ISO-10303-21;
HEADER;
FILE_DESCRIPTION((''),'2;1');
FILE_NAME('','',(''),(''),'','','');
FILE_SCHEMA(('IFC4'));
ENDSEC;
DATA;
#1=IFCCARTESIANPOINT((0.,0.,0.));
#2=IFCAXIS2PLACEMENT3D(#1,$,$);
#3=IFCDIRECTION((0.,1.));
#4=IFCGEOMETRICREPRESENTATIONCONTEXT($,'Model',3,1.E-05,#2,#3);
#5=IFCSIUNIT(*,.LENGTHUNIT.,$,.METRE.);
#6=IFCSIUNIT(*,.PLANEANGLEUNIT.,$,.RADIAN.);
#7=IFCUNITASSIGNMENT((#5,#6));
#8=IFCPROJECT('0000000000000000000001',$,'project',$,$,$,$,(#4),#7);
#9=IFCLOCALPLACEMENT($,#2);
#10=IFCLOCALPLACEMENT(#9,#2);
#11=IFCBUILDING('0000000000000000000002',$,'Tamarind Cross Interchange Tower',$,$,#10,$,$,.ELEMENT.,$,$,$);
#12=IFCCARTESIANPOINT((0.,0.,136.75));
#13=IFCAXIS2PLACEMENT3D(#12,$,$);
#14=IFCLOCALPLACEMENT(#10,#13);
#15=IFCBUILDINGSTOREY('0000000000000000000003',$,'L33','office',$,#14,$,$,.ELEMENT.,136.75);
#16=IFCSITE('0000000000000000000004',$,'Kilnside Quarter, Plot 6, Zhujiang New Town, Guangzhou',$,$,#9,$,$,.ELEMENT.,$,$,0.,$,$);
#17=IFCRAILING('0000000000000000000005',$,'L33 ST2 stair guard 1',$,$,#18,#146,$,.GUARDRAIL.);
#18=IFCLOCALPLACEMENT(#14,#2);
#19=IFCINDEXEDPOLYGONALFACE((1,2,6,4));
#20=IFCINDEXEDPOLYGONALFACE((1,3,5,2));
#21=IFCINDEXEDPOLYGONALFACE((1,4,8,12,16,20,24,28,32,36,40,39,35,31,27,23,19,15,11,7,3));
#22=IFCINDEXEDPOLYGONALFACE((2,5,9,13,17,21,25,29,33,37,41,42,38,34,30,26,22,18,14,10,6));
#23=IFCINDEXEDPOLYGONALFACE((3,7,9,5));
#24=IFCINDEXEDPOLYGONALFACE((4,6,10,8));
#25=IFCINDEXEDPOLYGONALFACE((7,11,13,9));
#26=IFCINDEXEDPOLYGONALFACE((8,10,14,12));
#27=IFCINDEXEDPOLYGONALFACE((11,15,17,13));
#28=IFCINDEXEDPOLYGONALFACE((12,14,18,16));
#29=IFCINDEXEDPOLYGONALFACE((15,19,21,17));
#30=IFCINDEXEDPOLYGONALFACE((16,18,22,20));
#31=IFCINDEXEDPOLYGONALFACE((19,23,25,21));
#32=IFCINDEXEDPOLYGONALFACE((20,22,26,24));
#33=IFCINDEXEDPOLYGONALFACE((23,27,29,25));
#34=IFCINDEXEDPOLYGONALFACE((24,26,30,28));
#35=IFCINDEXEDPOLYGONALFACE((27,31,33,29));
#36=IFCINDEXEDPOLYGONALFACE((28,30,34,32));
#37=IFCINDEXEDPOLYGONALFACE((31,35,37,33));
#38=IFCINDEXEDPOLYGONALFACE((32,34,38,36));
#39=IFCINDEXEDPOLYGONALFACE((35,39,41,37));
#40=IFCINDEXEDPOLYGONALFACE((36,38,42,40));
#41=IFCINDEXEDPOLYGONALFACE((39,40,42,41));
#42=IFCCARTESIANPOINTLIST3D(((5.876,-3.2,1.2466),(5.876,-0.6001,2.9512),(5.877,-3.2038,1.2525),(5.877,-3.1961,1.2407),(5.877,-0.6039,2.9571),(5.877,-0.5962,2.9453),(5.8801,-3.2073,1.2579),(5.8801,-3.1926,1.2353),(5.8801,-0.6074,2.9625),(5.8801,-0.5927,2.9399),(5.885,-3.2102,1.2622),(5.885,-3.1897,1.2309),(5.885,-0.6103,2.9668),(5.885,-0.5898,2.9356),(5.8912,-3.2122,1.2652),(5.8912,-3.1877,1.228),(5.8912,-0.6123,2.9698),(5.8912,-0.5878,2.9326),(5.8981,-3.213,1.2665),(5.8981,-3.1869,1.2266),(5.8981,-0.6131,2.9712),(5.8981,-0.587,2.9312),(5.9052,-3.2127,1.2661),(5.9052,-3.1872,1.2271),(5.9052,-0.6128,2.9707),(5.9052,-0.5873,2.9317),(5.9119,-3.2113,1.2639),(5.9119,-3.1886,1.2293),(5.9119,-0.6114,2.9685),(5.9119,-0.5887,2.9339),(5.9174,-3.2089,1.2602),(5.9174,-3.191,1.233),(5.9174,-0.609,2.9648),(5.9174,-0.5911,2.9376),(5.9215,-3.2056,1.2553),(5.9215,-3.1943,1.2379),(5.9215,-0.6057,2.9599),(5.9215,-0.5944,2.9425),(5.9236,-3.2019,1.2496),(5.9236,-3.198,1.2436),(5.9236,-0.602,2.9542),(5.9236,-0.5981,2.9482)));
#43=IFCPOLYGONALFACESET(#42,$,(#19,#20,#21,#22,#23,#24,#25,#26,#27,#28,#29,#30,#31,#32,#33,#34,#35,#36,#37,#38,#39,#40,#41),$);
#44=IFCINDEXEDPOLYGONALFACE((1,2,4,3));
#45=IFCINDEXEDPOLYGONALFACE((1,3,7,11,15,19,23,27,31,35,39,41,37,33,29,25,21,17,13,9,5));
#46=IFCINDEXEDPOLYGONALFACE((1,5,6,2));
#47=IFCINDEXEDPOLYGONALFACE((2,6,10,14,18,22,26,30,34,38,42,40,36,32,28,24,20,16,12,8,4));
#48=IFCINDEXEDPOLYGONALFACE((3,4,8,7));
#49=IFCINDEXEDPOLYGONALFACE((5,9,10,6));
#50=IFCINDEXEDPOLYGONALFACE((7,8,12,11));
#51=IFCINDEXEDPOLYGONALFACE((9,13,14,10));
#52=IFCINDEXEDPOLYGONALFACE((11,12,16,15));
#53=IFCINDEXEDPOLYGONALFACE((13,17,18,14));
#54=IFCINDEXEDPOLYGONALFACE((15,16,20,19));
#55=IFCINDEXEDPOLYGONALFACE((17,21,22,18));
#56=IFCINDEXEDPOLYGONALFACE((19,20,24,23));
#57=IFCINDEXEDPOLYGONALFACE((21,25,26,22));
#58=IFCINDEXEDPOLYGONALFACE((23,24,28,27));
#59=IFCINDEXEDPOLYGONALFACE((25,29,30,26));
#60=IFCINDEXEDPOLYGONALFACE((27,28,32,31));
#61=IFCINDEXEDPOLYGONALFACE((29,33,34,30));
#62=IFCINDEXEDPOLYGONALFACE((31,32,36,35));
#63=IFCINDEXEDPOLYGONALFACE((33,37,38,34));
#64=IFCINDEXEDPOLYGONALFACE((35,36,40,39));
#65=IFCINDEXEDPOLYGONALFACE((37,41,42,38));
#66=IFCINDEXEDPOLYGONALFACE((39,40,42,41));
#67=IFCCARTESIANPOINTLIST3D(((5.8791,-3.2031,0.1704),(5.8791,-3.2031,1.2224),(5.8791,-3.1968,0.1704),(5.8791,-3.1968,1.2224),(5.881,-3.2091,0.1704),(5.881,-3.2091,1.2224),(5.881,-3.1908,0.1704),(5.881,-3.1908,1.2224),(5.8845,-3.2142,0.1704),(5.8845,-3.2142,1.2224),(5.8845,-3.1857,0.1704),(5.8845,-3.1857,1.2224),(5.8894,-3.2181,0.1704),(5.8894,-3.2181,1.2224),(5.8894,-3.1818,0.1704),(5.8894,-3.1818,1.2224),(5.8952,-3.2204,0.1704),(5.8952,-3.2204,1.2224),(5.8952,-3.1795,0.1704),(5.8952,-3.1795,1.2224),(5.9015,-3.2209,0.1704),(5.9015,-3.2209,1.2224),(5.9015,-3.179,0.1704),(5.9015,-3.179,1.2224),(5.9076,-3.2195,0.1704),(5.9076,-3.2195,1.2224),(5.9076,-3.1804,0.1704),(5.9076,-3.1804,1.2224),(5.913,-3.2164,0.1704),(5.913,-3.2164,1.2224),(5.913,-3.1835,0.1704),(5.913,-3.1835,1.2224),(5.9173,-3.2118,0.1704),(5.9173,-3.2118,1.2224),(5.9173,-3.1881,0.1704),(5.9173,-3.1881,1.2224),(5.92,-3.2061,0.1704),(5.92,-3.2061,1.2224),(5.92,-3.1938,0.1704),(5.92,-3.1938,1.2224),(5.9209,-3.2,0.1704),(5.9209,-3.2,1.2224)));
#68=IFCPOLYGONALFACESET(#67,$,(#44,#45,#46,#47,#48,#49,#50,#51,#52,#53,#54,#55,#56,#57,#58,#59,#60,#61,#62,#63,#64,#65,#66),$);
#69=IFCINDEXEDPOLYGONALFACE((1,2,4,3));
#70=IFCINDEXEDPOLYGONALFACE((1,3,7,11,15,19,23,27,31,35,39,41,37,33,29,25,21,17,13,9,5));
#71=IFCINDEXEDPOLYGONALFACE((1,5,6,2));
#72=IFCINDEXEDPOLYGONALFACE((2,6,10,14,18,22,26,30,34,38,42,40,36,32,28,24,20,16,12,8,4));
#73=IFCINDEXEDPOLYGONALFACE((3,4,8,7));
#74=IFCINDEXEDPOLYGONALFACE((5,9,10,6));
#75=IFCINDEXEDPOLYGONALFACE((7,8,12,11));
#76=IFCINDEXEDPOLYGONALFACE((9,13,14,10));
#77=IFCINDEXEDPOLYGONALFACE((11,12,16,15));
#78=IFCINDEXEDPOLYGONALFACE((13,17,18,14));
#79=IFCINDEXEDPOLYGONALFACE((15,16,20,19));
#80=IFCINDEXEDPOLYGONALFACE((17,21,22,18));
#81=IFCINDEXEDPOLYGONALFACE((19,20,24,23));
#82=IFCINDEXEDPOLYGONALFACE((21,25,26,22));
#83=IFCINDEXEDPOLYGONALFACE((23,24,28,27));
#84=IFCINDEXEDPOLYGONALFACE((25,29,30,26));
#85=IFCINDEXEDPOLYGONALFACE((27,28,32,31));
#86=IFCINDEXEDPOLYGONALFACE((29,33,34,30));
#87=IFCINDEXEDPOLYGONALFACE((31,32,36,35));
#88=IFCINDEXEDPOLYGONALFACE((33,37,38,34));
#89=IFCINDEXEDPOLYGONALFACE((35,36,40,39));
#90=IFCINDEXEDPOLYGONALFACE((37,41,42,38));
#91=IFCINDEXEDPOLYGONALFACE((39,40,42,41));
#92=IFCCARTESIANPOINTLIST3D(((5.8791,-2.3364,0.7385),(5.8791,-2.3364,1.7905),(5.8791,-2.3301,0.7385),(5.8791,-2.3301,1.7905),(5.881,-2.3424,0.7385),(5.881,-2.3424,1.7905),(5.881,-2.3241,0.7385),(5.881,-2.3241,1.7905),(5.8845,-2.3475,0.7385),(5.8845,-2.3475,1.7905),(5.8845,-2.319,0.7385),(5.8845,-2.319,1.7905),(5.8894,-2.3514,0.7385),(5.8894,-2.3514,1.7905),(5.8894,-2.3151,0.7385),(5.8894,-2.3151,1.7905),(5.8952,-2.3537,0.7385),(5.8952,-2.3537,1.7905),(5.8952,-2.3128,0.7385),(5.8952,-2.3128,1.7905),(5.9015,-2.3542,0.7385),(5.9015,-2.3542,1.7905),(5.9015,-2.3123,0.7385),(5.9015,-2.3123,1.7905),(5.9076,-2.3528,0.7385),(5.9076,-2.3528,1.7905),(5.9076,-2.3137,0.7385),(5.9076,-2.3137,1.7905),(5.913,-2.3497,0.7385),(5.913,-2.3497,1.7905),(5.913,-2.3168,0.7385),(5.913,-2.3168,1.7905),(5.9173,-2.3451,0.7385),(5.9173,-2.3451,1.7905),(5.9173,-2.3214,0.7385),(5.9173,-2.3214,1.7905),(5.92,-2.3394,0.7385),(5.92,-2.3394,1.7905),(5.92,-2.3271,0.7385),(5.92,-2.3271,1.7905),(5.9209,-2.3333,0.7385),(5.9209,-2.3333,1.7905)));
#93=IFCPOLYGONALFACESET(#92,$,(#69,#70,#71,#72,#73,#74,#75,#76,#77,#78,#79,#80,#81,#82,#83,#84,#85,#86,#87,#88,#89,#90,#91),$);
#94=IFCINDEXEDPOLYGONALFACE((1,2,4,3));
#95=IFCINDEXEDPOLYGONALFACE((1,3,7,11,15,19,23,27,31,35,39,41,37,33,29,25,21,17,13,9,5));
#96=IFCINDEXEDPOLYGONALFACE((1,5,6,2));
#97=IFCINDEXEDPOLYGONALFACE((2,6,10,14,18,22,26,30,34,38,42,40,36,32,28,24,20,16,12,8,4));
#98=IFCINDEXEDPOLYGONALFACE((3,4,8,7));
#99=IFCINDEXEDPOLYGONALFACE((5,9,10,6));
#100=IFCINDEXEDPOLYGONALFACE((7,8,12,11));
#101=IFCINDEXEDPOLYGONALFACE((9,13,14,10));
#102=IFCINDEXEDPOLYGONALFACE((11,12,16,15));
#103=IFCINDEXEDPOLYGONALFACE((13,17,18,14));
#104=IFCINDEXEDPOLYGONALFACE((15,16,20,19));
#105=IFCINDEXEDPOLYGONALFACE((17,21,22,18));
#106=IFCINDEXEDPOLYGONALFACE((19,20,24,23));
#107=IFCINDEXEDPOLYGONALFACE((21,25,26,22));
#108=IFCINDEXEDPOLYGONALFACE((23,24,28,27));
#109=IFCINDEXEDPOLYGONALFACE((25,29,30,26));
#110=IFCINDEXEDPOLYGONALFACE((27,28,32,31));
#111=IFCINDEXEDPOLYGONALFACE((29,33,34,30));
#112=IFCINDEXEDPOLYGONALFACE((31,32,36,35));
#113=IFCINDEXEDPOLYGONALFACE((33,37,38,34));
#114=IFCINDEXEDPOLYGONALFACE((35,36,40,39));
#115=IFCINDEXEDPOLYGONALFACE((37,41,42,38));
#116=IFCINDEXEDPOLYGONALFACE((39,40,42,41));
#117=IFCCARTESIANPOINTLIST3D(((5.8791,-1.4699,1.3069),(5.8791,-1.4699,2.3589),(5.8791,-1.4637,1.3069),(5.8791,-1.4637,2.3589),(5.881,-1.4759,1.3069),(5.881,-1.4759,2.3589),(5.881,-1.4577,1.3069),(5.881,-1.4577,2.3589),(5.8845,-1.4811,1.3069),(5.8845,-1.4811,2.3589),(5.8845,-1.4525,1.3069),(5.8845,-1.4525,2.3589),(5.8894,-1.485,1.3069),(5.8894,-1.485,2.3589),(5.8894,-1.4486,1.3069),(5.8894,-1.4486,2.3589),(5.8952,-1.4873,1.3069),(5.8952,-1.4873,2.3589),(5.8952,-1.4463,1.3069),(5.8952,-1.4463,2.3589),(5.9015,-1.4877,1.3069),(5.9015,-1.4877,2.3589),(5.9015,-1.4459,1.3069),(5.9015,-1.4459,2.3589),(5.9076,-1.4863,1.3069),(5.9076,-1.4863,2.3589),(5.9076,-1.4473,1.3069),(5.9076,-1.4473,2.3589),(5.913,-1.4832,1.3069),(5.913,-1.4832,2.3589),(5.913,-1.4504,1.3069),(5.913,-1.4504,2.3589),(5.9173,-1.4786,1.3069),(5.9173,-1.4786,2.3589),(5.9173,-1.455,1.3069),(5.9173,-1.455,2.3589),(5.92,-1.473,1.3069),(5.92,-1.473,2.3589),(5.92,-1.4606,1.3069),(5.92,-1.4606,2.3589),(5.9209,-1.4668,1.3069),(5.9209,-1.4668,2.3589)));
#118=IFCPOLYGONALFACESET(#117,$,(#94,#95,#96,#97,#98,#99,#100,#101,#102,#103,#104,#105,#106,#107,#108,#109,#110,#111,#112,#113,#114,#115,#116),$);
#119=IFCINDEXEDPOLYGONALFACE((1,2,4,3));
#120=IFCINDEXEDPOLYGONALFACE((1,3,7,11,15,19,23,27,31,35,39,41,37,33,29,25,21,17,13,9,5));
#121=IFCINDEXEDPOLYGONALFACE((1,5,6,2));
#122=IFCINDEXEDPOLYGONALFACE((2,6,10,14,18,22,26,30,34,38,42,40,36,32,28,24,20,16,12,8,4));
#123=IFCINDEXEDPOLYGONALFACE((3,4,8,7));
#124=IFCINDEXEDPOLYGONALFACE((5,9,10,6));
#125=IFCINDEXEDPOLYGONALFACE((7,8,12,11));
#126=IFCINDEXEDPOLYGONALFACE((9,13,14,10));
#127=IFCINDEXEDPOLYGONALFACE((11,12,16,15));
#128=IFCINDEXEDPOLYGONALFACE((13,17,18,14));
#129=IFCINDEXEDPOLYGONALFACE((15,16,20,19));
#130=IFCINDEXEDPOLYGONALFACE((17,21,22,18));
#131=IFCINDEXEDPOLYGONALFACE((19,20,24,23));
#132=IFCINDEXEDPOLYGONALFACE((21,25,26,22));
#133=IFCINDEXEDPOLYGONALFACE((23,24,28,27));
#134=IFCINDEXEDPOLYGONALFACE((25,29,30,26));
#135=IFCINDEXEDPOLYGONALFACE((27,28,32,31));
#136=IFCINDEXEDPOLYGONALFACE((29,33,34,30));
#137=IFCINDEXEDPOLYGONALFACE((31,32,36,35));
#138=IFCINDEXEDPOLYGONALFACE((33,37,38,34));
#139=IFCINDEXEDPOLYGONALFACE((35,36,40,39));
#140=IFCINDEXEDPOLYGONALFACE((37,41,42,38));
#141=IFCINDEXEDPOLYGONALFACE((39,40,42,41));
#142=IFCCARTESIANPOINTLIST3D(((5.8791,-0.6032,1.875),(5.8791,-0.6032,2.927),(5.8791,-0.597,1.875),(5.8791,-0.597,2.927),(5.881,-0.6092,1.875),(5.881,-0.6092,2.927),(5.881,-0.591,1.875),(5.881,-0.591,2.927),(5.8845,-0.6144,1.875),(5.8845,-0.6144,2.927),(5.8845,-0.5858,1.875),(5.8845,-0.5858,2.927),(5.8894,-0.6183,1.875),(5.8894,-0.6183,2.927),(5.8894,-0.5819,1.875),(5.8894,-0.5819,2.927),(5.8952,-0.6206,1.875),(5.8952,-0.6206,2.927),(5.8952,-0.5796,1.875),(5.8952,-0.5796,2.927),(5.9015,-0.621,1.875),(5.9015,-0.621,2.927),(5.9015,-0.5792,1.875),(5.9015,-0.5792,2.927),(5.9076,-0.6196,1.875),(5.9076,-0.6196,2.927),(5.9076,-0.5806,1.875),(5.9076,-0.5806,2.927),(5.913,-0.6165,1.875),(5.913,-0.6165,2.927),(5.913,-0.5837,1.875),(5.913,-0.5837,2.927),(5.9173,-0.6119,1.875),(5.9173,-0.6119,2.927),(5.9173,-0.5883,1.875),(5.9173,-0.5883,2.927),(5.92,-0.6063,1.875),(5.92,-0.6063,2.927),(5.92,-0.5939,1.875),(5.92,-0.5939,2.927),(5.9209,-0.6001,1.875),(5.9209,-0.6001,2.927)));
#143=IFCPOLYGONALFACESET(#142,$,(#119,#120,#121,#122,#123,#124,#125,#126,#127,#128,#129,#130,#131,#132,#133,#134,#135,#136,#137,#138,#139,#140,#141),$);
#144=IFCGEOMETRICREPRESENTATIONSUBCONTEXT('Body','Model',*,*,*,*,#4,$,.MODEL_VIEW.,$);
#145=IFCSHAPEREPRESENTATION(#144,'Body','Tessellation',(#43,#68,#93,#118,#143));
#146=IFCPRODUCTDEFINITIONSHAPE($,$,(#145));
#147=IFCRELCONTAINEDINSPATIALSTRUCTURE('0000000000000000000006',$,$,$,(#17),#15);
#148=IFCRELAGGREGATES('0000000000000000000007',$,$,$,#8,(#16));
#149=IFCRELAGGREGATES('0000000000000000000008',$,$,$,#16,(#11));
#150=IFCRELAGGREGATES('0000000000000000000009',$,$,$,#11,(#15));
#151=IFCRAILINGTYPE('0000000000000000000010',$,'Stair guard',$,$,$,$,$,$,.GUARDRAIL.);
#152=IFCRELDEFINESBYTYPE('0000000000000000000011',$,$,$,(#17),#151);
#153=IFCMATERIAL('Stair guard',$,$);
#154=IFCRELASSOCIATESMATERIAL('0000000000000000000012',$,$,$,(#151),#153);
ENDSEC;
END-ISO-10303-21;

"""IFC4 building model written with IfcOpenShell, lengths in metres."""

from ifc_helpers import new_model, si_unit, direction, frame, origin, origin_2d, place, context, subcontext, project, spatial, circle, extrude, material, type_object, element, save


model = new_model("IFC4")

# Units and contexts
model_context = context("Model", 3, precision=1e-05, world=origin(), true_north=direction((0.0, 1.0)))
body_context = subcontext(model_context, "Body", "Model", "MODEL_VIEW")
ifc_project = project(units=[si_unit("LENGTHUNIT", "METRE"), si_unit("PLANEANGLEUNIT", "RADIAN")], contexts=[model_context])

# Site, building, storey
site_placement = place(None, origin())
site = spatial("IfcSite", under=ifc_project, at=site_placement, Name="Kilnside Quarter, Plot 6, Zhujiang New Town, Guangzhou", CompositionType="ELEMENT", RefElevation=0.0)
building_placement = place(site_placement, origin())
building = spatial("IfcBuilding", under=site, at=building_placement, Name="Tamarind Cross Interchange Tower", CompositionType="ELEMENT")
storey_placement = place(building_placement, frame((0.0, 0.0, 136.75)))
storey = spatial("IfcBuildingStorey", under=building, at=storey_placement, Name="L33", Description="office", CompositionType="ELEMENT", Elevation=136.75)

# Railing
ifc_material_1 = material(Name="Stair guard")
railing_type_1 = type_object("IfcRailingType", Name="Stair guard", PredefinedType="GUARDRAIL", material=ifc_material_1)
railing_1_placement = place(storey_placement, frame((5.8999, -3.2, 0.1704)))
element("IfcRailing", 1, at=railing_1_placement, inside=storey, type_object=railing_type_1, Name="L33 ST2 stair guard 1", PredefinedType="GUARDRAIL", context=body_context, shape_type="SweptSolid", body=[
    extrude(circle(Radius=0.0239, at=origin_2d()), frame((0.0, 0.0, 1.0762), z_axis=(0.0, 0.836279, 0.548305), x_axis=(-1.0, 0.0, 0.0)), (0.0, 0.0, 1.0), 3.1089),
    extrude(circle(Radius=0.021, at=origin_2d()), origin(), (0.0, 0.0, 1.0), 1.052),
    extrude(circle(Radius=0.021, at=origin_2d()), frame((0.0, 0.8667, 0.5681)), (0.0, 0.0, 1.0), 1.052),
    extrude(circle(Radius=0.021, at=origin_2d()), frame((0.0, 1.7332, 1.1365)), (0.0, 0.0, 1.0), 1.052),
    extrude(circle(Radius=0.021, at=origin_2d()), frame((0.0, 2.5999, 1.7046)), (0.0, 0.0, 1.0), 1.052),
])

save(model, "model.ifc")
